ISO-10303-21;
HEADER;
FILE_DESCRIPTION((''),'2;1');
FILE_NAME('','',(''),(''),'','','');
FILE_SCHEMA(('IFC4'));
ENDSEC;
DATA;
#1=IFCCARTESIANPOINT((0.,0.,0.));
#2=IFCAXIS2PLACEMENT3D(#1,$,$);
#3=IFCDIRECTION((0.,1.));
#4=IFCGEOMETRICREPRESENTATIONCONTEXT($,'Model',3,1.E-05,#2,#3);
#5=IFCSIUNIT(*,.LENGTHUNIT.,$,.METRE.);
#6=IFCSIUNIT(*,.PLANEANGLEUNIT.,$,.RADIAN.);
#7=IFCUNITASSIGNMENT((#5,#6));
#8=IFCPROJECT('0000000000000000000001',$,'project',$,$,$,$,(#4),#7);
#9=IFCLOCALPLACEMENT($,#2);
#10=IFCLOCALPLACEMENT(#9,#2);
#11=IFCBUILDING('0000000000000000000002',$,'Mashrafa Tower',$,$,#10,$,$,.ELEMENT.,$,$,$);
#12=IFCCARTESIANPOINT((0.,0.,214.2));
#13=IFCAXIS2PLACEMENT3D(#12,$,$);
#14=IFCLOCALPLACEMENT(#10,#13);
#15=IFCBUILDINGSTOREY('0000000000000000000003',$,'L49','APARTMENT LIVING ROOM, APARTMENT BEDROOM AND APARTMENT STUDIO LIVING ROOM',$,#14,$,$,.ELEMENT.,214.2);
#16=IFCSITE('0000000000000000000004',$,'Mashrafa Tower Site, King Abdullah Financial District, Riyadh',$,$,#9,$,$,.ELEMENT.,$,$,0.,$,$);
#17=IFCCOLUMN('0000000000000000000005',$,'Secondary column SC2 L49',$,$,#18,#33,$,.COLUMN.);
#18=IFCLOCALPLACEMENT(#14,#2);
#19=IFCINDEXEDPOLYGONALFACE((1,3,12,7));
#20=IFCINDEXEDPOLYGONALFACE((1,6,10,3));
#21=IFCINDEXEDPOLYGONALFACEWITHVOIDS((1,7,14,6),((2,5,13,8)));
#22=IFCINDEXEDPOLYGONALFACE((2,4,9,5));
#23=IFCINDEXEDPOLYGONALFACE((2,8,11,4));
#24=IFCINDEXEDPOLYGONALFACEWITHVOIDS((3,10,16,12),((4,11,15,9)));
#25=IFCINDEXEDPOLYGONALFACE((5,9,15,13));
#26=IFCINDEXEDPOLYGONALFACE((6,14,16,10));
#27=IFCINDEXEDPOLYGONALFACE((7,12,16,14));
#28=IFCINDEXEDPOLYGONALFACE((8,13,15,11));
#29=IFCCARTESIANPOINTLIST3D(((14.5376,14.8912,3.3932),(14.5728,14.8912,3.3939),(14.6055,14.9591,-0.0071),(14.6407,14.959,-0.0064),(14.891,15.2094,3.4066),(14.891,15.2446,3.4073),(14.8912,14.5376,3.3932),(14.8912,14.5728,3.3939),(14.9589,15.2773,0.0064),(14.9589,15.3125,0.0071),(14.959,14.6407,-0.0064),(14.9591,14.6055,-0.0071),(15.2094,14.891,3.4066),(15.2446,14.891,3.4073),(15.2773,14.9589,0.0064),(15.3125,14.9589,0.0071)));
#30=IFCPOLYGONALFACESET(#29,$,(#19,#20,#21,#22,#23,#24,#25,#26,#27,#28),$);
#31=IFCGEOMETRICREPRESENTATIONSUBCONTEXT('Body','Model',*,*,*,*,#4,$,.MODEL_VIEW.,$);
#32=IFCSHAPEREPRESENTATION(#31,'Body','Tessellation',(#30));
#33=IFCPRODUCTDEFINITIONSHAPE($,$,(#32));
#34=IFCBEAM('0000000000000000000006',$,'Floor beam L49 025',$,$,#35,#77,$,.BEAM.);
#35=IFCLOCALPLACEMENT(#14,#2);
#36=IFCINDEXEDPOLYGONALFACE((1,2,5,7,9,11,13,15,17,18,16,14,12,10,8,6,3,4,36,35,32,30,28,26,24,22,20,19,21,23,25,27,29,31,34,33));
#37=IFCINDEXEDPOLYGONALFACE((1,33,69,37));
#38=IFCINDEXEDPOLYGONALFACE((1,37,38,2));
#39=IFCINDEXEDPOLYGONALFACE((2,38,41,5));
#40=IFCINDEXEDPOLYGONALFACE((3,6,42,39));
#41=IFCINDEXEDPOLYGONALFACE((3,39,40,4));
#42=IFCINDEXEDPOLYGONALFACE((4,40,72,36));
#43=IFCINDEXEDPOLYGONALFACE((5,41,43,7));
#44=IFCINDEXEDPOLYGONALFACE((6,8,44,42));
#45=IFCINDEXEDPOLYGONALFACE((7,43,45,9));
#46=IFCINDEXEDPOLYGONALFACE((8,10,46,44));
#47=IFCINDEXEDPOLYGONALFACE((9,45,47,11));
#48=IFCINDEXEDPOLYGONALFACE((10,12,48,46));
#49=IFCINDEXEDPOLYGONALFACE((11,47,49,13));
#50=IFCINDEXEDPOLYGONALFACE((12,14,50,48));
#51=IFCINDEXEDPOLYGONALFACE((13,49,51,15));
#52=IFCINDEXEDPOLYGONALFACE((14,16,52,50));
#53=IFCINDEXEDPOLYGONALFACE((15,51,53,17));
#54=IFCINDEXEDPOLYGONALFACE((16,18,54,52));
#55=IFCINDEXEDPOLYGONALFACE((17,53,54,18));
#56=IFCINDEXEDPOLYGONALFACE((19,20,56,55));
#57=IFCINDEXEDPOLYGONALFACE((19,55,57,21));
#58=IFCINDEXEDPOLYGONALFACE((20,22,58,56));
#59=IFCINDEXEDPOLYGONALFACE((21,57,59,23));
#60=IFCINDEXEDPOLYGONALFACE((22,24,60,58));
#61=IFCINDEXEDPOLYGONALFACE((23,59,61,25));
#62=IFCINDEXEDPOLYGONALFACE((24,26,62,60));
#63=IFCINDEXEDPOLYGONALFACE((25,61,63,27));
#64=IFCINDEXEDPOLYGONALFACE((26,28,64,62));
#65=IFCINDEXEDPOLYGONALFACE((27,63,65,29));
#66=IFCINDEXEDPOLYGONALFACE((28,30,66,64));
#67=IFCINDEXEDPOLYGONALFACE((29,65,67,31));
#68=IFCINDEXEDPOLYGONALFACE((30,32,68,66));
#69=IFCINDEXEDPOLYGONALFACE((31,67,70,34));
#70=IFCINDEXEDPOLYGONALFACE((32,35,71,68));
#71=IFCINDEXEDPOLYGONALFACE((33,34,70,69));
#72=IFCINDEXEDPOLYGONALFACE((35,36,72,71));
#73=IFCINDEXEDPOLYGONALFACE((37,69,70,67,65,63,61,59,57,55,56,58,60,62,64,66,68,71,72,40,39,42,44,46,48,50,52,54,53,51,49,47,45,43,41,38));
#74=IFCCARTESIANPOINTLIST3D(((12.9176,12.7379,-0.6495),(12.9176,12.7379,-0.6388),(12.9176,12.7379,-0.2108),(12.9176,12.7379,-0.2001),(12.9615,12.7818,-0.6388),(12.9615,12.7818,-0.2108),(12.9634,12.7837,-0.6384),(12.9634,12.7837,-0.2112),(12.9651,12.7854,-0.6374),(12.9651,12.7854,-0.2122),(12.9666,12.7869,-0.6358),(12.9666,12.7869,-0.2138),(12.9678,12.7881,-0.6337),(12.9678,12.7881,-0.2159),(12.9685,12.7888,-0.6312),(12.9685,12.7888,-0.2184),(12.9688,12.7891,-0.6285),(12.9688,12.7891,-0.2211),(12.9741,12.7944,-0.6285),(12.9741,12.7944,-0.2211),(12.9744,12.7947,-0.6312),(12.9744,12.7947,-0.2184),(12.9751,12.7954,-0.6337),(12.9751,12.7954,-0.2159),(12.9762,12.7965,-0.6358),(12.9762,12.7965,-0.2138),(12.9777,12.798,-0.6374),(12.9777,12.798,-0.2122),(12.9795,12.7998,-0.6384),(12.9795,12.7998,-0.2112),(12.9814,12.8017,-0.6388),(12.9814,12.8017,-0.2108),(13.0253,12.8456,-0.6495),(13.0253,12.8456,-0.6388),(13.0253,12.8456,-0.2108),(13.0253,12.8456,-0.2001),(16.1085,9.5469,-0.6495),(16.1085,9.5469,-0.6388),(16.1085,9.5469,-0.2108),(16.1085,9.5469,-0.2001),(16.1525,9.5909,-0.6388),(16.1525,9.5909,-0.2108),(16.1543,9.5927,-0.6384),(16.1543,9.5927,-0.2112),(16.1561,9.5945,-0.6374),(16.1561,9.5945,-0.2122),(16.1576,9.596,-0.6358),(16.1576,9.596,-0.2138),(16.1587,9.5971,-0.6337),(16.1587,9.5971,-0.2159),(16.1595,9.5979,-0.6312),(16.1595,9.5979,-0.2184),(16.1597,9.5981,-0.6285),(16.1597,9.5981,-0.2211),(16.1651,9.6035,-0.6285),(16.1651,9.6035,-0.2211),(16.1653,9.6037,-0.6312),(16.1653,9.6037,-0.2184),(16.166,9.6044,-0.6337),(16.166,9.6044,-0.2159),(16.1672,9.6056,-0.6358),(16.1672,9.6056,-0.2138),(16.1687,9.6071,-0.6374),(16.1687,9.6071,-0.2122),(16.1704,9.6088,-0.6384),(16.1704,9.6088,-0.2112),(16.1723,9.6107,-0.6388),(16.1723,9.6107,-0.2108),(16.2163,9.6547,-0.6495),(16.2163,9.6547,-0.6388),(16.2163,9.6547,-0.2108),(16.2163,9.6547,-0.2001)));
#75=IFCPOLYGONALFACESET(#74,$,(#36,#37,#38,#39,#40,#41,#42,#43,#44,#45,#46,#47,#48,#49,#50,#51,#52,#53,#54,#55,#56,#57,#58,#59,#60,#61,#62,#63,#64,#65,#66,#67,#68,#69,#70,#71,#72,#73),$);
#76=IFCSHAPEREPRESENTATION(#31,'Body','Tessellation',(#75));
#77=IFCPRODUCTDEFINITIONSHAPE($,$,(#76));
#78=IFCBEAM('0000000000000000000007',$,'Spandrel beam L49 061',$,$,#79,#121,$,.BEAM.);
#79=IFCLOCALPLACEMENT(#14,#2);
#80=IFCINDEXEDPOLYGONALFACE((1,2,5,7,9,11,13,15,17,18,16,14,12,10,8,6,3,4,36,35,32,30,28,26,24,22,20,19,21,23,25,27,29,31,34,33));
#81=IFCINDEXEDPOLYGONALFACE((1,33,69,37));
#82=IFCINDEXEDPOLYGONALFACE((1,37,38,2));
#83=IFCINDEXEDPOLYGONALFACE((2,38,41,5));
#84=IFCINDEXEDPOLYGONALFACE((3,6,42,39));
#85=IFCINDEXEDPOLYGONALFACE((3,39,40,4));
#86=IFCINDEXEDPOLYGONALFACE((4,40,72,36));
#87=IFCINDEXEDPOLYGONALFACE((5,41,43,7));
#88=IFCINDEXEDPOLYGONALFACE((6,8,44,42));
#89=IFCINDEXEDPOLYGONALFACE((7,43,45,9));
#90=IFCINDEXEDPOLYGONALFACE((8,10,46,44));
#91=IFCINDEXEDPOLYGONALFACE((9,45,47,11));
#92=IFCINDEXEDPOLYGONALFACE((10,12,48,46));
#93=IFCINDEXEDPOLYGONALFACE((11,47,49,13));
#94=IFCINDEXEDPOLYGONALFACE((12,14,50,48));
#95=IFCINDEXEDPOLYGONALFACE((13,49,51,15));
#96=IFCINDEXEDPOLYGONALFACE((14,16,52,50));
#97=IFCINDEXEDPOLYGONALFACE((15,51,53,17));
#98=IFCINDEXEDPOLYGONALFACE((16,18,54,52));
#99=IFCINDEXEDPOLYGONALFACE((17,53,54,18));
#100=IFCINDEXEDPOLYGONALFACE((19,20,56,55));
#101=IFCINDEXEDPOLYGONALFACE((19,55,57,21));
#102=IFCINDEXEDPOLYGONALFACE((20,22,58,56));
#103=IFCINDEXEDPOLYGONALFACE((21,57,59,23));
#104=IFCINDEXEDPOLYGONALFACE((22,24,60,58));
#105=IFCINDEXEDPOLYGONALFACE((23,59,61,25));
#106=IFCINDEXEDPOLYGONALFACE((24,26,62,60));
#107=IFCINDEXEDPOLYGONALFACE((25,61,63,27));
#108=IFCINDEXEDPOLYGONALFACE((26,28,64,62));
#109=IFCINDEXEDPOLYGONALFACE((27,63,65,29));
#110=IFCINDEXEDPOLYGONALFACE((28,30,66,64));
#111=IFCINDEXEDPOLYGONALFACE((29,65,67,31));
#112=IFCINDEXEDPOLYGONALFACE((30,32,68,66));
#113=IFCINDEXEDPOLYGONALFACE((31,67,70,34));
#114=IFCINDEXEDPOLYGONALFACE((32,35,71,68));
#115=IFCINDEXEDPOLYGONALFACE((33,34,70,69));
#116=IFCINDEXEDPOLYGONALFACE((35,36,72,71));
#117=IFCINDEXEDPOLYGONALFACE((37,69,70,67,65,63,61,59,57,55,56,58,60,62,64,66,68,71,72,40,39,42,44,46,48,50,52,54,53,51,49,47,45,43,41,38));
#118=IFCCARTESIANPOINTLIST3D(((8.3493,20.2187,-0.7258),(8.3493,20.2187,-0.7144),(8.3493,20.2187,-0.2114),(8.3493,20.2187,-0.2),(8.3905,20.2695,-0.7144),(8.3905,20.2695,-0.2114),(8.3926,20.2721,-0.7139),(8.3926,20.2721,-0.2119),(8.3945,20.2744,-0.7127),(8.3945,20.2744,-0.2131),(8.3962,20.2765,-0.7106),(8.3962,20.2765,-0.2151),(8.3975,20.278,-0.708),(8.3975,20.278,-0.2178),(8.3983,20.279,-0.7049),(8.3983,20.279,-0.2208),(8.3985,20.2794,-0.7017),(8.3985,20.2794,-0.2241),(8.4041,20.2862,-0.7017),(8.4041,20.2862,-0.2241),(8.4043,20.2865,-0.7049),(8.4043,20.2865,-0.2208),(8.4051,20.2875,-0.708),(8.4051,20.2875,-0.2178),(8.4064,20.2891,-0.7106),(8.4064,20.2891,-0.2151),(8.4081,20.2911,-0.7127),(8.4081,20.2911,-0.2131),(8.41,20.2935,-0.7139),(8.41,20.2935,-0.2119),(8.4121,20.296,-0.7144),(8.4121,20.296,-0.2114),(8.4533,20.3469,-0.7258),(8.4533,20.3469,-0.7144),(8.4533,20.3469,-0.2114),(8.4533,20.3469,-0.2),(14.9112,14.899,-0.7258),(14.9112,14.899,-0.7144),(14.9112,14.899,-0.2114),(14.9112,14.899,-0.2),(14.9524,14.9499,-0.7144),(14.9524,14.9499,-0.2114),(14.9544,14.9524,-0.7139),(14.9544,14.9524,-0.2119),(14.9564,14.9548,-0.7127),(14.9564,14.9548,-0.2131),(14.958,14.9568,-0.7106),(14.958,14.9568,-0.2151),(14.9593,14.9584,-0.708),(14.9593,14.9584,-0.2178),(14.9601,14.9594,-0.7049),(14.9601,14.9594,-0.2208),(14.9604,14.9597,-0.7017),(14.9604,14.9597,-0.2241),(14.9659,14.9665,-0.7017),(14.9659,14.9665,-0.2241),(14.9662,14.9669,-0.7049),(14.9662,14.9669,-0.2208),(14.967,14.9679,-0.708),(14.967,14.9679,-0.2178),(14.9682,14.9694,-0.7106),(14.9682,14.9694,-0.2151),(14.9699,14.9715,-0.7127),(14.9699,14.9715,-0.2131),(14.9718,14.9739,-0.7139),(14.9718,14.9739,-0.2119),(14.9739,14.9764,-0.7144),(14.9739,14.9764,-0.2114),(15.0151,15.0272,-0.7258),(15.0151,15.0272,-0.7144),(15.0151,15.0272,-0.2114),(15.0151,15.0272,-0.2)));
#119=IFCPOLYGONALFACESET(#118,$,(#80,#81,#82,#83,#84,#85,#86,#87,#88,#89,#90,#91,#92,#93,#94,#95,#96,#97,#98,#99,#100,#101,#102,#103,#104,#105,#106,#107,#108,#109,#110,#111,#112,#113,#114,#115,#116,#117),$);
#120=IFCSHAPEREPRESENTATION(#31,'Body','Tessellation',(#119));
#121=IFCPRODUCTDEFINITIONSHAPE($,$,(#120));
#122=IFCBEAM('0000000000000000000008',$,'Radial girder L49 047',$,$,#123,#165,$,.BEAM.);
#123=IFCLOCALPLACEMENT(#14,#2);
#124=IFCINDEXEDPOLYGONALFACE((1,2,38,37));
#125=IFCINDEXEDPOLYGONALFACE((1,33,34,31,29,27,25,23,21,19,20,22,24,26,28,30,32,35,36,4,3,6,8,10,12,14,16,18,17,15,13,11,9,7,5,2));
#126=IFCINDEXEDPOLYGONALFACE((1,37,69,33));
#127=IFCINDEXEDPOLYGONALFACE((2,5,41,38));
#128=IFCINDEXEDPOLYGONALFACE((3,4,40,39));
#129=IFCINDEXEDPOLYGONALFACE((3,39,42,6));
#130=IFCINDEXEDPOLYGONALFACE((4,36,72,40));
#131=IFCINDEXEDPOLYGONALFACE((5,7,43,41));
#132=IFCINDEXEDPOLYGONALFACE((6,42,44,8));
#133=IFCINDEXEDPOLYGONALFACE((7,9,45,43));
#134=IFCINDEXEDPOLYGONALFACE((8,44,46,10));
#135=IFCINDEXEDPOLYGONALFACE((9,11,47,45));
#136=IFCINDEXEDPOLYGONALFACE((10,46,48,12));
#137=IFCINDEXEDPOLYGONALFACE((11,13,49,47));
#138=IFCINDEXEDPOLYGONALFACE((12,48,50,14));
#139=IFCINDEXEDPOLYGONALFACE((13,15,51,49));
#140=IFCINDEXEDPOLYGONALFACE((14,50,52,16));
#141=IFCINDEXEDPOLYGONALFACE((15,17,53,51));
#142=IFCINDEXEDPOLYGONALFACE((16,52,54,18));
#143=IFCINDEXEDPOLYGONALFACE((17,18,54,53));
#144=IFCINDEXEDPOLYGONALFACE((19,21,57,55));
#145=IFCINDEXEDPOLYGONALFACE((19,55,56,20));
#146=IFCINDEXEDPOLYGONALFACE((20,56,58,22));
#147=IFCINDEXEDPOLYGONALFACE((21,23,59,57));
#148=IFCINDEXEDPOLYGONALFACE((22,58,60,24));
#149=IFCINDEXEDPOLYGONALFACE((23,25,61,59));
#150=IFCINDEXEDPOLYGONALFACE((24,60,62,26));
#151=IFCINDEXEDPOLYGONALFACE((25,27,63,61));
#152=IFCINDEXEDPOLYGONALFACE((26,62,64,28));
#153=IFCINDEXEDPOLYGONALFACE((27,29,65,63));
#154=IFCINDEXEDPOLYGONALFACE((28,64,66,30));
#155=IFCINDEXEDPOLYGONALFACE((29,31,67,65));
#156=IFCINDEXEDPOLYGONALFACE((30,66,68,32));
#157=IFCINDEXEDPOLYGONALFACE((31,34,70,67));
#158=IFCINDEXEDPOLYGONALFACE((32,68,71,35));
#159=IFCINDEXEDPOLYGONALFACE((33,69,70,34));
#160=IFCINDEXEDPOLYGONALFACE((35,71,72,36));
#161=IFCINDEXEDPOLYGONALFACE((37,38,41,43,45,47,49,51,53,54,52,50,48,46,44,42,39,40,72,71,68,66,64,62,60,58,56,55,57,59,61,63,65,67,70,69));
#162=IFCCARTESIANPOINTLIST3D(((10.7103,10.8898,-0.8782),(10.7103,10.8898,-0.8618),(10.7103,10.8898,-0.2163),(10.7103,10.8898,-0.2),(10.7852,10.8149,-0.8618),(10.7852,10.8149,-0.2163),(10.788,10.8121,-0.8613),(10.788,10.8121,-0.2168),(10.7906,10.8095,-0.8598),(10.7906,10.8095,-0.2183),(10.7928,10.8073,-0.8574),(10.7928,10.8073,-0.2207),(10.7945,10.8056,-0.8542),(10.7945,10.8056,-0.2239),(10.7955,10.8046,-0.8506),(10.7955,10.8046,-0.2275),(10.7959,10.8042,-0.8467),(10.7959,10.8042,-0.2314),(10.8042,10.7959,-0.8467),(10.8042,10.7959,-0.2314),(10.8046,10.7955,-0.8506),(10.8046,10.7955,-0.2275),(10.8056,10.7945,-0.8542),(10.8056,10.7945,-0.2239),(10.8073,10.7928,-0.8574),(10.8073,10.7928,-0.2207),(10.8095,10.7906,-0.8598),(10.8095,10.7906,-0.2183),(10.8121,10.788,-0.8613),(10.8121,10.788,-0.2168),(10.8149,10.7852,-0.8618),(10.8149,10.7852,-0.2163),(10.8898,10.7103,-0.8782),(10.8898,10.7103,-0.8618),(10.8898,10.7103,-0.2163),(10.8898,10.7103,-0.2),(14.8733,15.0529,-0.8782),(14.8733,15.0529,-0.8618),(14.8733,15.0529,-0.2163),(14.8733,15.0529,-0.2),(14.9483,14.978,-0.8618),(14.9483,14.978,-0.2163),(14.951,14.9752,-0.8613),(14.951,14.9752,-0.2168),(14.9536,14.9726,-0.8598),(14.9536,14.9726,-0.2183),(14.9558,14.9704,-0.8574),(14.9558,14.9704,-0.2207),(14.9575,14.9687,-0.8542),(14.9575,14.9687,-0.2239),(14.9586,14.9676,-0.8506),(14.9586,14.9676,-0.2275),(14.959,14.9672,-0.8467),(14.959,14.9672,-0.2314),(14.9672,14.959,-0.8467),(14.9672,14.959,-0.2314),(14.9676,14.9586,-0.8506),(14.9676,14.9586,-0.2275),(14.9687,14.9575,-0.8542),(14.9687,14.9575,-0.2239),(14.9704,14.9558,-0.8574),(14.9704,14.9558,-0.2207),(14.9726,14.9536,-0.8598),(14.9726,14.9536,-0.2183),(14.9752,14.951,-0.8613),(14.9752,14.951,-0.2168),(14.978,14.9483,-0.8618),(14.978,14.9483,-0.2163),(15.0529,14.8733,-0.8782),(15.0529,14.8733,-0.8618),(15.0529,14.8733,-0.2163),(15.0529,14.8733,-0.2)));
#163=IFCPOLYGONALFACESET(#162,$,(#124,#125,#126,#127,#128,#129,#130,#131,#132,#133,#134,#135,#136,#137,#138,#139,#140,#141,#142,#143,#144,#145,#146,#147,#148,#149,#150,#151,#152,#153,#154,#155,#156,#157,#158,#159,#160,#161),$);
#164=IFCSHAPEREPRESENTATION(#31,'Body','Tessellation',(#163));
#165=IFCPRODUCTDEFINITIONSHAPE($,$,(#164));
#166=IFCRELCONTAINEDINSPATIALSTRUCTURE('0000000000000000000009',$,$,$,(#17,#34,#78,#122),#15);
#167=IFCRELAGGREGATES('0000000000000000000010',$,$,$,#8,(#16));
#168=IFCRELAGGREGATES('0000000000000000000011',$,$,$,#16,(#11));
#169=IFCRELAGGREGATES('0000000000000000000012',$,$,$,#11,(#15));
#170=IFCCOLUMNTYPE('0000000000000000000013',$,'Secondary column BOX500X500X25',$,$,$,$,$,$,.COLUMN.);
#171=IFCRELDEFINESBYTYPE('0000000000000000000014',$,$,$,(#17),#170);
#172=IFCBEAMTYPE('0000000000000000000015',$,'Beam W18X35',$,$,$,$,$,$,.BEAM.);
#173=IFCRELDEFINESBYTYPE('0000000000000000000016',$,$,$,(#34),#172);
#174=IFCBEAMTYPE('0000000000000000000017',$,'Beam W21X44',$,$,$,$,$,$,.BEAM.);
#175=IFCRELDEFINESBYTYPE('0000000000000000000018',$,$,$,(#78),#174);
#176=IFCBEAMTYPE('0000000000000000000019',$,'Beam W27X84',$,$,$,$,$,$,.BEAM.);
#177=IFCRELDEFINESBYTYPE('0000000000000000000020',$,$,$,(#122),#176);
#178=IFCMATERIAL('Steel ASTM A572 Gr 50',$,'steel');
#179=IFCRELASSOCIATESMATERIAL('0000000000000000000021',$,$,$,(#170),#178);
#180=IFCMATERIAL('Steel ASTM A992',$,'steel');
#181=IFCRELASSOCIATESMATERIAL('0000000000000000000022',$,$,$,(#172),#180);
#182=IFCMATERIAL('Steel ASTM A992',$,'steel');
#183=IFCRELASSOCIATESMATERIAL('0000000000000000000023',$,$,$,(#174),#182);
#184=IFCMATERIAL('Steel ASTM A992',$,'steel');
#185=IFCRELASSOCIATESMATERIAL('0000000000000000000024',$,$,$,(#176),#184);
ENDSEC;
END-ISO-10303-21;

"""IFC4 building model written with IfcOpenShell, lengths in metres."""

from ifc_helpers import new_model, si_unit, direction, frame, origin, origin_2d, place, context, subcontext, project, spatial, hollow_rectangle, i_section, extrude, material, material_profile, profile_set, type_object, element, save


model = new_model("IFC4")

# Units and contexts
model_context = context("Model", 3, precision=1e-05, world=origin(), true_north=direction((0.0, 1.0)))
body_context = subcontext(model_context, "Body", "Model", "MODEL_VIEW")
ifc_project = project(units=[si_unit("LENGTHUNIT", "METRE"), si_unit("PLANEANGLEUNIT", "RADIAN")], contexts=[model_context])

# Site, building, storey
site_placement = place(None, origin())
site = spatial("IfcSite", under=ifc_project, at=site_placement, Name="Mashrafa Tower Site, King Abdullah Financial District, Riyadh", CompositionType="ELEMENT", RefElevation=0.0)
building_placement = place(site_placement, origin())
building = spatial("IfcBuilding", under=site, at=building_placement, Name="Mashrafa Tower", CompositionType="ELEMENT")
storey_placement = place(building_placement, frame((0.0, 0.0, 214.2)))
storey = spatial("IfcBuildingStorey", under=building, at=storey_placement, Name="L49", Description="APARTMENT LIVING ROOM, APARTMENT BEDROOM AND APARTMENT STUDIO LIVING ROOM", CompositionType="ELEMENT", Elevation=214.2)

# Column
ifc_material_1 = material(Name="Steel ASTM A572 Gr 50", Category="steel")
ifc_material_profile_1 = material_profile(ifc_material_1, hollow_rectangle(XDim=0.5, YDim=0.5, WallThickness=0.0249, at=origin_2d()), Name="BOX500X500X25")
ifc_profile_set_1 = profile_set([ifc_material_profile_1], Name="Steel ASTM A572 Gr 50")
column_type = type_object("IfcColumnType", Name="Secondary column BOX500X500X25", PredefinedType="COLUMN", material=ifc_profile_set_1)
column_placement = place(storey_placement, frame((14.959, 14.959, 0.0), z_axis=(-0.019953, -0.019953, 0.999602), x_axis=(0.707107, -0.707107, 0.0)))
element("IfcColumn", 1, at=column_placement, inside=storey, type_object=column_type, Name="Secondary column SC2 L49", PredefinedType="COLUMN", context=body_context, shape_type="SweptSolid", body=[
    extrude(hollow_rectangle(XDim=0.5, YDim=0.5, WallThickness=0.0249, at=origin_2d()), origin(), (0.0, 0.0, 1.0), 3.4016),
])

# Beams
ifc_material_2 = material(Name="Steel ASTM A992", Category="steel")
ifc_material_profile_2 = material_profile(ifc_material_2, i_section(OverallWidth=0.1523, OverallDepth=0.4495, WebThickness=0.0076, FlangeThickness=0.0107, FilletRadius=0.0103, at=origin_2d()), Name="W18X35")
ifc_profile_set_2 = profile_set([ifc_material_profile_2], Name="Steel ASTM A992")
beam_type_1 = type_object("IfcBeamType", Name="Beam W18X35", PredefinedType="BEAM", material=ifc_profile_set_2)
beam_1_placement = place(storey_placement, frame((12.9714, 12.7917, -0.4248), z_axis=(0.707107, -0.707107, 0.0), x_axis=(0.707107, 0.707107, 0.0)))
element("IfcBeam", 2, at=beam_1_placement, inside=storey, type_object=beam_type_1, Name="Floor beam L49 025", PredefinedType="BEAM", context=body_context, shape_type="SweptSolid", body=[
    extrude(i_section(OverallWidth=0.1523, OverallDepth=0.4495, WebThickness=0.0076, FlangeThickness=0.0107, FilletRadius=0.0103, at=origin_2d()), origin(), (0.0, 0.0, 1.0), 4.5127),
])
ifc_material_3 = material(Name="Steel ASTM A992", Category="steel")
ifc_material_profile_3 = material_profile(ifc_material_3, i_section(OverallWidth=0.165, OverallDepth=0.5259, WebThickness=0.0088, FlangeThickness=0.0115, FilletRadius=0.0127, at=origin_2d()), Name="W21X44")
ifc_profile_set_3 = profile_set([ifc_material_profile_3], Name="Steel ASTM A992")
beam_type_2 = type_object("IfcBeamType", Name="Beam W21X44", PredefinedType="BEAM", material=ifc_profile_set_3)
beam_2_placement = place(storey_placement, frame((14.9631, 14.9631, -0.4629), z_axis=(-0.7768, 0.629747, 0.0), x_axis=(-0.629747, -0.7768, 0.0)))
element("IfcBeam", 3, at=beam_2_placement, inside=storey, type_object=beam_type_2, Name="Spandrel beam L49 061", PredefinedType="BEAM", context=body_context, shape_type="SweptSolid", body=[
    extrude(i_section(OverallWidth=0.165, OverallDepth=0.5259, WebThickness=0.0088, FlangeThickness=0.0115, FilletRadius=0.0127, at=origin_2d()), origin(), (0.0, 0.0, 1.0), 8.4473),
])
ifc_material_4 = material(Name="Steel ASTM A992", Category="steel")
ifc_material_profile_4 = material_profile(ifc_material_4, i_section(OverallWidth=0.2539, OverallDepth=0.6782, WebThickness=0.0117, FlangeThickness=0.0164, FilletRadius=0.0151, at=origin_2d()), Name="W27X84")
ifc_profile_set_4 = profile_set([ifc_material_profile_4], Name="Steel ASTM A992")
beam_type_3 = type_object("IfcBeamType", Name="Beam W27X84", PredefinedType="BEAM", material=ifc_profile_set_4)
beam_3_placement = place(storey_placement, frame((10.8, 10.8, -0.5391), z_axis=(0.707107, 0.707107, 0.0), x_axis=(-0.707107, 0.707107, 0.0)))
element("IfcBeam", 4, at=beam_3_placement, inside=storey, type_object=beam_type_3, Name="Radial girder L49 047", PredefinedType="BEAM", context=body_context, shape_type="SweptSolid", body=[
    extrude(i_section(OverallWidth=0.2539, OverallDepth=0.6782, WebThickness=0.0117, FlangeThickness=0.0164, FilletRadius=0.0151, at=origin_2d()), origin(), (0.0, 0.0, 1.0), 5.8875),
])

save(model, "model.ifc")
